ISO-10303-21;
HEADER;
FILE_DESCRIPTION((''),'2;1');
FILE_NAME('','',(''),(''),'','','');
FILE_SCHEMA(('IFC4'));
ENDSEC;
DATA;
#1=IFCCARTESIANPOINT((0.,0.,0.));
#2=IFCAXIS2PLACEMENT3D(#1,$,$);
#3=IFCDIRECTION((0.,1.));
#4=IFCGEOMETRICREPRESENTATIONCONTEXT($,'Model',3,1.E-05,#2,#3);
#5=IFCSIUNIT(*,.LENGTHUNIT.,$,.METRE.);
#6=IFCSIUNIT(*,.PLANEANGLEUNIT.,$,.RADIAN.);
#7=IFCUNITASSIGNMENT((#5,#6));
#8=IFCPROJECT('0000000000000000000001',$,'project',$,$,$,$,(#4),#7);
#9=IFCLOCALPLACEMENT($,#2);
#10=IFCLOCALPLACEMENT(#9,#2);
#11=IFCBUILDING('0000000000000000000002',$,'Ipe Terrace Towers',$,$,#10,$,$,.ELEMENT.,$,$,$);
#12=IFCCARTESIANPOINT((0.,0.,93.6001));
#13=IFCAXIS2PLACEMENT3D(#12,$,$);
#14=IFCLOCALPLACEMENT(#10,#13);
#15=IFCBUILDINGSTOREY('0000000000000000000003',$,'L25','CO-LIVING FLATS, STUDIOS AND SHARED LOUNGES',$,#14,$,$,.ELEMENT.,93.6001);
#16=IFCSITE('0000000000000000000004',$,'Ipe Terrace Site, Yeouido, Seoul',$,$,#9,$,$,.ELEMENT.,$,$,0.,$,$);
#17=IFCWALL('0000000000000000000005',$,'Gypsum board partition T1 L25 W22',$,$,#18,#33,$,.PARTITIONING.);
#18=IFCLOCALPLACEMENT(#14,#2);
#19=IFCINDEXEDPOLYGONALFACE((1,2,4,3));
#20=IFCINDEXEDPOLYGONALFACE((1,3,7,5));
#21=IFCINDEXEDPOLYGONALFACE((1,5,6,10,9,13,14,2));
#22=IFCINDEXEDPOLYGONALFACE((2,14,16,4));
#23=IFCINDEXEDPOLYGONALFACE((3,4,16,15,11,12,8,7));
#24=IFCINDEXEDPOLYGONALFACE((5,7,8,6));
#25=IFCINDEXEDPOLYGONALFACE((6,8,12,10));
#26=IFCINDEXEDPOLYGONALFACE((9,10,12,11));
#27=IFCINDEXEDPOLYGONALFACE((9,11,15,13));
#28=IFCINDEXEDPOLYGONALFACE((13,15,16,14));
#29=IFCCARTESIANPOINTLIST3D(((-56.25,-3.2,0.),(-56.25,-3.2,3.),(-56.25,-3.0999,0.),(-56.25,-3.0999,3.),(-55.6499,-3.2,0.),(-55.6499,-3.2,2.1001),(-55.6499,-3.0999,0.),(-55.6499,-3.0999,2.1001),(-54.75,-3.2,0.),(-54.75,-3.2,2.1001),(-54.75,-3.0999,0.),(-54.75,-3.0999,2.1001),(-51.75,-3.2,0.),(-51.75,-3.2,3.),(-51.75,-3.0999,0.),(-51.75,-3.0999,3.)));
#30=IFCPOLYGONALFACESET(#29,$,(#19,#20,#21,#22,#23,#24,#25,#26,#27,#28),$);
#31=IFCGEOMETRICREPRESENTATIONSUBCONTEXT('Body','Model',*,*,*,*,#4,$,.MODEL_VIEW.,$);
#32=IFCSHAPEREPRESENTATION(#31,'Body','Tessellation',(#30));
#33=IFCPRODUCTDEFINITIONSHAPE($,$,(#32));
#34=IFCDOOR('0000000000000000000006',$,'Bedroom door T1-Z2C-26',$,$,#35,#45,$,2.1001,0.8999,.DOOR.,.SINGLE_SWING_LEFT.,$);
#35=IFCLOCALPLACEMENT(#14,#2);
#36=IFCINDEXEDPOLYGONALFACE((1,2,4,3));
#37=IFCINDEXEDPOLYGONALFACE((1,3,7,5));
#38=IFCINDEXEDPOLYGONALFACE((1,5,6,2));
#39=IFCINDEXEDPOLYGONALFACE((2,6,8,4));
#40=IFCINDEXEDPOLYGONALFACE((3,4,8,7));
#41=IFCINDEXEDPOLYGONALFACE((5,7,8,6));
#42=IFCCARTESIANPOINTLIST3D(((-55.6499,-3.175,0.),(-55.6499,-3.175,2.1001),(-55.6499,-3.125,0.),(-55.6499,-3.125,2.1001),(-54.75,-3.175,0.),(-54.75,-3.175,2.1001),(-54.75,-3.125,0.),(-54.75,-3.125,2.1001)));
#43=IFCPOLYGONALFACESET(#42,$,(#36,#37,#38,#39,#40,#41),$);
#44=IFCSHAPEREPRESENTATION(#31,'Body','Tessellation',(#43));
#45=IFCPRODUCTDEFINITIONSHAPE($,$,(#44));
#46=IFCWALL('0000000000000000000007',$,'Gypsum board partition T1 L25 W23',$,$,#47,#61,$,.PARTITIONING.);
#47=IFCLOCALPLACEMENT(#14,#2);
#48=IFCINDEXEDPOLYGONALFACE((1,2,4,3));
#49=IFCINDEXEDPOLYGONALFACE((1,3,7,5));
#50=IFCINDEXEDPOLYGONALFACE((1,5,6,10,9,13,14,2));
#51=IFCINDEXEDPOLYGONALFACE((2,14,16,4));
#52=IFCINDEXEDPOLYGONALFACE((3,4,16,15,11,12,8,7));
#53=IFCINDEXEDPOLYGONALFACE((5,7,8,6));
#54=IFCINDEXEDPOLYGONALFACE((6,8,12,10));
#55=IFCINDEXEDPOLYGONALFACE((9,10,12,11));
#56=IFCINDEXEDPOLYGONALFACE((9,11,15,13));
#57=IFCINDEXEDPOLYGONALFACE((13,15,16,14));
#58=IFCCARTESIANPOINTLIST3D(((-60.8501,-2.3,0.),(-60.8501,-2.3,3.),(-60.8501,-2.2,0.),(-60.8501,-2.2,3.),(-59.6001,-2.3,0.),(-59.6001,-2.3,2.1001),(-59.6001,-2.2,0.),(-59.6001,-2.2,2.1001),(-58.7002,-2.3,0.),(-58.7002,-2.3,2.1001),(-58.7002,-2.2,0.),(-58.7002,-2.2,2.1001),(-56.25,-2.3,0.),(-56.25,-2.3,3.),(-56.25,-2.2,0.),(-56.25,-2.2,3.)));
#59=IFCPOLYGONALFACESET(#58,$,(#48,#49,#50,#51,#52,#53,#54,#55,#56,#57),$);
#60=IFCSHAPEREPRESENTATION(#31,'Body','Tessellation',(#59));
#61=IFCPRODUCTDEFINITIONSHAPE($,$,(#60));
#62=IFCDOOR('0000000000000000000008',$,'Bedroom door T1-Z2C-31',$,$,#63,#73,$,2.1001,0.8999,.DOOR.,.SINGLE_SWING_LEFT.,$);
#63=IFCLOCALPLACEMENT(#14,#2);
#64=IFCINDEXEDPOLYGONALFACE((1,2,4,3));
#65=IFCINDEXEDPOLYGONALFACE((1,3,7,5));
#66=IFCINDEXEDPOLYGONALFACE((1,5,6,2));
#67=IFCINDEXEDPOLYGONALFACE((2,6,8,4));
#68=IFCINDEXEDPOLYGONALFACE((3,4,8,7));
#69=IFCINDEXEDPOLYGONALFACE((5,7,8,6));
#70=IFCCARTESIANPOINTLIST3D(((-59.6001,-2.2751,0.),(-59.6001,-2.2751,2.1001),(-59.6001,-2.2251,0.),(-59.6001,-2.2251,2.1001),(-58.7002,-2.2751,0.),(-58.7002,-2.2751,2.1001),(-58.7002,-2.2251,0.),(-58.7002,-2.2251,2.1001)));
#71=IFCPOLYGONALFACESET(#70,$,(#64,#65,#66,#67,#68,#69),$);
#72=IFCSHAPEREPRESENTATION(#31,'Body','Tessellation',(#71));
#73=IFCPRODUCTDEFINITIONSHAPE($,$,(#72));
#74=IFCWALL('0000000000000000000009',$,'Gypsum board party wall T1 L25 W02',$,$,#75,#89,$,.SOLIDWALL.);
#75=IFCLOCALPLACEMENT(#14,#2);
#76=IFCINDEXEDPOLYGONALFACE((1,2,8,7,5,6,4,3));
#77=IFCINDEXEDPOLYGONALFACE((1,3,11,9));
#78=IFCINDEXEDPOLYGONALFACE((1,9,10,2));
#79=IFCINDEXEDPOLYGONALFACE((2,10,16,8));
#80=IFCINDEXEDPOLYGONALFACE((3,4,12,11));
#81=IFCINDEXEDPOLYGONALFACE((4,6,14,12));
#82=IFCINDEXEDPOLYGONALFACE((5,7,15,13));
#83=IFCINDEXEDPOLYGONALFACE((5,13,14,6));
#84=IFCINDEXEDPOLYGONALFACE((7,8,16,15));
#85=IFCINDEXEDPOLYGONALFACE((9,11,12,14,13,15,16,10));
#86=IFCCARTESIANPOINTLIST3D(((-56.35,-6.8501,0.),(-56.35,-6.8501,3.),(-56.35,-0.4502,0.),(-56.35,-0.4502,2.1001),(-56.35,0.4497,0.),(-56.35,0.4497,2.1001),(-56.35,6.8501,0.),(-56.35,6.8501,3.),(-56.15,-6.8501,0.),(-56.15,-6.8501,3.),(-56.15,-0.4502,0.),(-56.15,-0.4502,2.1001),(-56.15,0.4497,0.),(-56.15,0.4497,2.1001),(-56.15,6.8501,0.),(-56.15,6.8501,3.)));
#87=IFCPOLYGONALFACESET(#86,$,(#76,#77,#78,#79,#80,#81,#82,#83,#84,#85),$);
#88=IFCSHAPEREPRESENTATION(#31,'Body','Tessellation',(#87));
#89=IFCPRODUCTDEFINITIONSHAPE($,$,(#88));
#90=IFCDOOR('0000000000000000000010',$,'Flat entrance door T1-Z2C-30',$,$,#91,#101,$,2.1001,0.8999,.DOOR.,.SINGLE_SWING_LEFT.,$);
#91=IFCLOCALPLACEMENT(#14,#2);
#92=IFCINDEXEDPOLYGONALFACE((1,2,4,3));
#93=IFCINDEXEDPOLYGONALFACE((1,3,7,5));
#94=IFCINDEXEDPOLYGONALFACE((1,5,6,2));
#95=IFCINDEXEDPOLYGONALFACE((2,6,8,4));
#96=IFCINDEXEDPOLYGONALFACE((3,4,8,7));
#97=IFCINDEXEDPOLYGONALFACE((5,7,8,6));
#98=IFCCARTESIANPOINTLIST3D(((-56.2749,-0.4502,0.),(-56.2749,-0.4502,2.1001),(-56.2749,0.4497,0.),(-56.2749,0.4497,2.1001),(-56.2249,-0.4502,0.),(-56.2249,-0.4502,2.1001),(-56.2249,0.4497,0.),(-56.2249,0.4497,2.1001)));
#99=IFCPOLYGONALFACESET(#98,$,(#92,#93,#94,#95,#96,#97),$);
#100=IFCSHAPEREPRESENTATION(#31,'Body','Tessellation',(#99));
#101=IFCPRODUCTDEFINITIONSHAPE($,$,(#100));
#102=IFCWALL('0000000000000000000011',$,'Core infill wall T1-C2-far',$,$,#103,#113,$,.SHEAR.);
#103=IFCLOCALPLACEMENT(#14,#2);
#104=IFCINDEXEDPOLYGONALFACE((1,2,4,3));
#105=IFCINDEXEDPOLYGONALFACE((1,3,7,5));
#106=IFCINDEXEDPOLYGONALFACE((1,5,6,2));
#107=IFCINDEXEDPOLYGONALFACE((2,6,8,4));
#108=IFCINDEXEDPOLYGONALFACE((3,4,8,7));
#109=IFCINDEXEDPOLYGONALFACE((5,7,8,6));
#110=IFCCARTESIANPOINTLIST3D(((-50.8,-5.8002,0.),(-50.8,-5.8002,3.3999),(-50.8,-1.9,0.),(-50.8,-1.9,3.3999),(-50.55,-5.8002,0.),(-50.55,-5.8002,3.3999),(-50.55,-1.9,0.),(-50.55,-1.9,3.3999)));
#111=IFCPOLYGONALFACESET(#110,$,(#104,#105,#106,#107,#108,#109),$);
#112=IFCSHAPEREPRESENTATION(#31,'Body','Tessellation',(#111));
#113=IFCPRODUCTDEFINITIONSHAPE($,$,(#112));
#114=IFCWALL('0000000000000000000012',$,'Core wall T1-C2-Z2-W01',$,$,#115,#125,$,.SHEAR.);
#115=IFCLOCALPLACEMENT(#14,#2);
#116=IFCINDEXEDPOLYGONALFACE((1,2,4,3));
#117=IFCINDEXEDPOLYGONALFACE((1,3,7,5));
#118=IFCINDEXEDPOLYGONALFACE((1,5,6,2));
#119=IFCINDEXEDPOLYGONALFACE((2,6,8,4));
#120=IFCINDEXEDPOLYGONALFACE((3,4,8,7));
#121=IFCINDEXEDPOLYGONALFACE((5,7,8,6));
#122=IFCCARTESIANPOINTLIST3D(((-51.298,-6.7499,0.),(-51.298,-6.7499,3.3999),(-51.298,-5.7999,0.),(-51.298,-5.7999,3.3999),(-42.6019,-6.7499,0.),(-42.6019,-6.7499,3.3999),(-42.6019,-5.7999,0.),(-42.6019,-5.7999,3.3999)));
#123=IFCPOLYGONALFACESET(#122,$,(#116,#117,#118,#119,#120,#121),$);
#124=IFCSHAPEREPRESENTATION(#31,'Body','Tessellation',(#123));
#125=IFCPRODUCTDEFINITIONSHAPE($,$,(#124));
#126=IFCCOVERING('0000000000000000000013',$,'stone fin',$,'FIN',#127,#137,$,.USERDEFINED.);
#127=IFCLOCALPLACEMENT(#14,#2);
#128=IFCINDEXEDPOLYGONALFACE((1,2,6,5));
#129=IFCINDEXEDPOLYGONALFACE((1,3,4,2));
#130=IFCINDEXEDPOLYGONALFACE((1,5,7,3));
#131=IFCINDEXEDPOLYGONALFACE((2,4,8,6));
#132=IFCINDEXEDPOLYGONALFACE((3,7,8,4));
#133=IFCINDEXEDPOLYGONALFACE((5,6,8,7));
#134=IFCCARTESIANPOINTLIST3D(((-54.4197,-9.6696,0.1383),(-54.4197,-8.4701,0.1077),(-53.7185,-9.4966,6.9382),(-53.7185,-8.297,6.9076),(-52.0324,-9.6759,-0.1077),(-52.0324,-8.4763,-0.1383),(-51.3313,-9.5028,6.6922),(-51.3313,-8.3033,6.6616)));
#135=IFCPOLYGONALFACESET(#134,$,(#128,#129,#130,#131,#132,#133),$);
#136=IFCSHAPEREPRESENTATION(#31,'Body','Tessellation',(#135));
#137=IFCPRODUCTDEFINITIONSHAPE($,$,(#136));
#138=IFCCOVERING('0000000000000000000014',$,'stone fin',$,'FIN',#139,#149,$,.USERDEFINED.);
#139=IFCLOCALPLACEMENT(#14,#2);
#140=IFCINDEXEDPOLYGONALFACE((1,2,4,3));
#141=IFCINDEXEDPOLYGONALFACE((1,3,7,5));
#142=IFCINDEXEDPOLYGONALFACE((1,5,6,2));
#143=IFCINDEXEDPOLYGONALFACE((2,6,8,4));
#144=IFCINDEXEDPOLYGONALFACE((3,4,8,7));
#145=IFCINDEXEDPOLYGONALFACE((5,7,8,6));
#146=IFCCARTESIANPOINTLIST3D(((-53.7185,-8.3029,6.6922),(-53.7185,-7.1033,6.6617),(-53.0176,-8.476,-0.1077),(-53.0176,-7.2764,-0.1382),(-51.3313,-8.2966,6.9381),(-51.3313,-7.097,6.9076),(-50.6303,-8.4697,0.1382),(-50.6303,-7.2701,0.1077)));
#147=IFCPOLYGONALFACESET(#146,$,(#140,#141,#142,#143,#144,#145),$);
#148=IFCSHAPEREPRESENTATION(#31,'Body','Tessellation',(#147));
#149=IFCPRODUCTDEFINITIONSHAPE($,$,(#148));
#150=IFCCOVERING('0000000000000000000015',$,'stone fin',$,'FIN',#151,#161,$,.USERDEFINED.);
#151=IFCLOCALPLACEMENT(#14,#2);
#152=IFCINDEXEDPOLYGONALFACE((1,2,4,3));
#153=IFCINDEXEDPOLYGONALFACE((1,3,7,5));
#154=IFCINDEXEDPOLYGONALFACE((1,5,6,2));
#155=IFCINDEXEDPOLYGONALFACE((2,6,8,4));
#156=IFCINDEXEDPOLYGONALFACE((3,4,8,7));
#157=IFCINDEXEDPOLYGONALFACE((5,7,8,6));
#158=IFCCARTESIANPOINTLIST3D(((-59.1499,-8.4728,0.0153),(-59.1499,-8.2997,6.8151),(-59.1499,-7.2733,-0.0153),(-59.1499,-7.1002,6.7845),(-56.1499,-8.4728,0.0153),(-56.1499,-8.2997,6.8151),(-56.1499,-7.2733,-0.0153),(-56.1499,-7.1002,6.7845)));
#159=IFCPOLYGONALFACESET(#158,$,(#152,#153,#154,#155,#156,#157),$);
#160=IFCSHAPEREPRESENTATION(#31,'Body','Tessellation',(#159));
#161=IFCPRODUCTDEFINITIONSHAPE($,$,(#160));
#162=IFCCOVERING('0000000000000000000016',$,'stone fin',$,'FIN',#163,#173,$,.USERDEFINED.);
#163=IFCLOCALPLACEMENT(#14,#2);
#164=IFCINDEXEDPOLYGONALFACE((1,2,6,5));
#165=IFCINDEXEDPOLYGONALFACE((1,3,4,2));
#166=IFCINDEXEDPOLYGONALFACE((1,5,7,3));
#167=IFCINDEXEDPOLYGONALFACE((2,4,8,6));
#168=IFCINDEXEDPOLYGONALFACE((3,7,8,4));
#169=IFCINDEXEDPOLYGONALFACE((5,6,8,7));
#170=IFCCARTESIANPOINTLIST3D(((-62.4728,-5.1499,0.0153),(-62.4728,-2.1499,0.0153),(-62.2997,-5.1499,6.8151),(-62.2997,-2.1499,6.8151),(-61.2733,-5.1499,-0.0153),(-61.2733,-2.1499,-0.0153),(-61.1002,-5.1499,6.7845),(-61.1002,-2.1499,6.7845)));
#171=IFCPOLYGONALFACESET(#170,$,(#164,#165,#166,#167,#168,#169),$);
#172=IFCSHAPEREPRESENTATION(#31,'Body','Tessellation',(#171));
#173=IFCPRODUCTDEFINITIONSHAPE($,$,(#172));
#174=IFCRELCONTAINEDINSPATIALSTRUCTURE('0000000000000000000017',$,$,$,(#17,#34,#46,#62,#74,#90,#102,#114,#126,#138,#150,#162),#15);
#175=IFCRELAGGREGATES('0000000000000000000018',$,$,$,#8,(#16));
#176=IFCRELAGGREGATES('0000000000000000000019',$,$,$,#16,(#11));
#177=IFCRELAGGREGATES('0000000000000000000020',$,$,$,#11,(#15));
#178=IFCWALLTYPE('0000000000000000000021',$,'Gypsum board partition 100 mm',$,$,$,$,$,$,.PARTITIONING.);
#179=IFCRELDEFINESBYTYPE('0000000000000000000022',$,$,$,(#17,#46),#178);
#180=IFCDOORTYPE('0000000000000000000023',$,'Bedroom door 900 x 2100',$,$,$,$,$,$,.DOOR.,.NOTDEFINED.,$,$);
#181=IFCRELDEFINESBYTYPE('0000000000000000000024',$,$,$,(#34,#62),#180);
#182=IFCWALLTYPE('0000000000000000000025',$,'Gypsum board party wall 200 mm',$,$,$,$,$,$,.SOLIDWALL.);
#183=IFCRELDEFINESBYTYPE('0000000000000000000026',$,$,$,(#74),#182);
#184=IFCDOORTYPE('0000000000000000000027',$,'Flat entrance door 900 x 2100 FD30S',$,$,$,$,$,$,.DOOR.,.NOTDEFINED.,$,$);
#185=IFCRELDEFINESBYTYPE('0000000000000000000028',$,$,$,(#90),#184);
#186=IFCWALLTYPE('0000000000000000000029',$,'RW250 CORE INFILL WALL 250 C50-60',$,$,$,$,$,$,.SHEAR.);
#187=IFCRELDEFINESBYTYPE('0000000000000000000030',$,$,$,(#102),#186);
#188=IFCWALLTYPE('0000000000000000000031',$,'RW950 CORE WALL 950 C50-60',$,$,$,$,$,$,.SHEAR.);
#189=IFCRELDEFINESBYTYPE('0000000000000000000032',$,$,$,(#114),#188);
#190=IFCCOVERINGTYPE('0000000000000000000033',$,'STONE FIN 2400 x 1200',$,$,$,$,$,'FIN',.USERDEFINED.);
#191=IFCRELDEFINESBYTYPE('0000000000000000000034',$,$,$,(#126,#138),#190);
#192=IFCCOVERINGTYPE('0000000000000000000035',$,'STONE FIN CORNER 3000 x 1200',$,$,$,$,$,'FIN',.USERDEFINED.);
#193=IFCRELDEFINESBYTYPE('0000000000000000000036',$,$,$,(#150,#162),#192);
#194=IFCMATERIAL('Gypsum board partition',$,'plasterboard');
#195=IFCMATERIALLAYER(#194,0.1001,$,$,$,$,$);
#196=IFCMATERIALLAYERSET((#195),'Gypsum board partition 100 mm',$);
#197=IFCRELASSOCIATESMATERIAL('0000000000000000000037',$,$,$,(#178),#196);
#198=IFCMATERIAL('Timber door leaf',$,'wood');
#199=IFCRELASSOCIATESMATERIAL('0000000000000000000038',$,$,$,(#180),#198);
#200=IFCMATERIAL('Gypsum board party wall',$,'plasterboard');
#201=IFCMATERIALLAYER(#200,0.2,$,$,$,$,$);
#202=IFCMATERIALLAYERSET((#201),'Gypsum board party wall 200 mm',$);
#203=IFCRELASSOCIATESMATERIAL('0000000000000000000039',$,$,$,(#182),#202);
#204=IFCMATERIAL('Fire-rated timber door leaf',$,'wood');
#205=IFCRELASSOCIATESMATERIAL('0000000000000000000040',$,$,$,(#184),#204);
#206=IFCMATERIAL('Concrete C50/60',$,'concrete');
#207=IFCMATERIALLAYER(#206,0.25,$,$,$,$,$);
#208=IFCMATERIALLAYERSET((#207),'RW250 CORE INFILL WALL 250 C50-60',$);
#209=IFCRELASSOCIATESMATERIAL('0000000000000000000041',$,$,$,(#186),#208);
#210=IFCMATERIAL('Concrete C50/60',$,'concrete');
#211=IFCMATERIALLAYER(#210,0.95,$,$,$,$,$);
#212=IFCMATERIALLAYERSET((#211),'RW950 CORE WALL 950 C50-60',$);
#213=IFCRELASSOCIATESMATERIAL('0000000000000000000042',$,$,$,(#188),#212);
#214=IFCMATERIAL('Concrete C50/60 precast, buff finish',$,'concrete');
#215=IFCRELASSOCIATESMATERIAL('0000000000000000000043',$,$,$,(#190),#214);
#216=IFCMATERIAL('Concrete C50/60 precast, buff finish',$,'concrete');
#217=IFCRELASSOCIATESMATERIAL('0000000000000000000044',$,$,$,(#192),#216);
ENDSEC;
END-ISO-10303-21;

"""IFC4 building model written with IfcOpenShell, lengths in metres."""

from ifc_helpers import new_model, si_unit, direction, frame, frame_2d, origin, origin_2d, place, context, subcontext, project, spatial, rectangle, extrude, material, layer, layer_set, material_profile, profile_set, type_object, element, fill, save


model = new_model("IFC4")

# Units and contexts
model_context = context("Model", 3, precision=1e-05, world=origin(), true_north=direction((0.0, 1.0)))
body_context = subcontext(model_context, "Body", "Model", "MODEL_VIEW")
ifc_project = project(units=[si_unit("LENGTHUNIT", "METRE"), si_unit("PLANEANGLEUNIT", "RADIAN")], contexts=[model_context])

# Site, building, storey
site_placement = place(None, origin())
site = spatial("IfcSite", under=ifc_project, at=site_placement, Name="Ipe Terrace Site, Yeouido, Seoul", CompositionType="ELEMENT", RefElevation=0.0)
building_placement = place(site_placement, origin())
building = spatial("IfcBuilding", under=site, at=building_placement, Name="Ipe Terrace Towers", CompositionType="ELEMENT")
storey_placement = place(building_placement, frame((0.0, 0.0, 93.6001)))
storey = spatial("IfcBuildingStorey", under=building, at=storey_placement, Name="L25", Description="CO-LIVING FLATS, STUDIOS AND SHARED LOUNGES", CompositionType="ELEMENT", Elevation=93.6001)

# Shared definitions
ifc_material_1 = material(Name="Gypsum board partition", Category="plasterboard")
ifc_layer_1 = layer(ifc_material_1, 0.1001)
ifc_layer_set_1 = layer_set([ifc_layer_1], Name="Gypsum board partition 100 mm")
wall_type_1 = type_object("IfcWallType", Name="Gypsum board partition 100 mm", PredefinedType="PARTITIONING", material=ifc_layer_set_1)

# Walls, openings, doors
wall_1_placement = place(storey_placement, frame((-56.25, -3.1499, 0.0), z_axis=(0.0, 0.0, 1.0), x_axis=(1.0, 0.0, 0.0)))
wall_1 = element("IfcWall", 1, at=wall_1_placement, inside=storey, type_object=wall_type_1, Name="Gypsum board partition T1 L25 W22", PredefinedType="PARTITIONING", context=body_context, shape_type="SweptSolid", body=[
    extrude(rectangle(XDim=4.5, YDim=0.1001, at=frame_2d((2.25, 0.0))), origin(), (0.0, 0.0, 1.0), 3.0),
])
opening_1_placement = place(wall_1_placement, frame((0.6001, 0.0, 0.0)))
opening_1 = element("IfcOpeningElement", 2, at=opening_1_placement, cuts=wall_1, PredefinedType="OPENING", context=body_context, shape_type="SweptSolid", body=[
    extrude(rectangle(XDim=0.8999, YDim=2.1001, at=frame_2d((0.45, 1.05))), frame((0.0, 0.0601, 0.0), z_axis=(0.0, -1.0, 0.0), x_axis=(1.0, 0.0, 0.0)), (0.0, 0.0, 1.0), 0.1201),
])
ifc_material_2 = material(Name="Timber door leaf", Category="wood")
door_type_1 = type_object("IfcDoorType", Name="Bedroom door 900 x 2100", OperationType="NOTDEFINED", PredefinedType="DOOR", material=ifc_material_2)
door_1_placement = place(opening_1_placement, origin())
door_1 = element("IfcDoor", 3, at=door_1_placement, inside=storey, type_object=door_type_1, Name="Bedroom door T1-Z2C-26", OperationType="SINGLE_SWING_LEFT", OverallHeight=2.1001, OverallWidth=0.8999, PredefinedType="DOOR", context=body_context, shape_type="SweptSolid", body=[
    extrude(rectangle(XDim=0.8999, YDim=2.1001, at=frame_2d((0.45, 1.05))), frame((0.0, 0.0249, 0.0), z_axis=(0.0, -1.0, 0.0), x_axis=(1.0, 0.0, 0.0)), (0.0, 0.0, 1.0), 0.05),
])
fill(opening_1, door_1)
wall_2_placement = place(storey_placement, frame((-60.8501, -2.25, 0.0), z_axis=(0.0, 0.0, 1.0), x_axis=(1.0, 0.0, 0.0)))
wall_2 = element("IfcWall", 4, at=wall_2_placement, inside=storey, type_object=wall_type_1, Name="Gypsum board partition T1 L25 W23", PredefinedType="PARTITIONING", context=body_context, shape_type="SweptSolid", body=[
    extrude(rectangle(XDim=4.6001, YDim=0.1001, at=frame_2d((2.3, 0.0))), origin(), (0.0, 0.0, 1.0), 3.0),
])
opening_2_placement = place(wall_2_placement, frame((1.25, 0.0, 0.0)))
opening_2 = element("IfcOpeningElement", 5, at=opening_2_placement, cuts=wall_2, PredefinedType="OPENING", context=body_context, shape_type="SweptSolid", body=[
    extrude(rectangle(XDim=0.8999, YDim=2.1001, at=frame_2d((0.45, 1.05))), frame((0.0, 0.0601, 0.0), z_axis=(0.0, -1.0, 0.0), x_axis=(1.0, 0.0, 0.0)), (0.0, 0.0, 1.0), 0.1201),
])
door_2_placement = place(opening_2_placement, origin())
door_2 = element("IfcDoor", 6, at=door_2_placement, inside=storey, type_object=door_type_1, Name="Bedroom door T1-Z2C-31", OperationType="SINGLE_SWING_LEFT", OverallHeight=2.1001, OverallWidth=0.8999, PredefinedType="DOOR", context=body_context, shape_type="SweptSolid", body=[
    extrude(rectangle(XDim=0.8999, YDim=2.1001, at=frame_2d((0.45, 1.05))), frame((0.0, 0.0249, 0.0), z_axis=(0.0, -1.0, 0.0), x_axis=(1.0, 0.0, 0.0)), (0.0, 0.0, 1.0), 0.05),
])
fill(opening_2, door_2)
ifc_material_3 = material(Name="Gypsum board party wall", Category="plasterboard")
ifc_layer_2 = layer(ifc_material_3, 0.2)
ifc_layer_set_2 = layer_set([ifc_layer_2], Name="Gypsum board party wall 200 mm")
wall_type_2 = type_object("IfcWallType", Name="Gypsum board party wall 200 mm", PredefinedType="SOLIDWALL", material=ifc_layer_set_2)
wall_3_placement = place(storey_placement, frame((-56.25, -6.8501, 0.0), z_axis=(0.0, 0.0, 1.0), x_axis=(0.0, 1.0, 0.0)))
wall_3 = element("IfcWall", 7, at=wall_3_placement, inside=storey, type_object=wall_type_2, Name="Gypsum board party wall T1 L25 W02", PredefinedType="SOLIDWALL", context=body_context, shape_type="SweptSolid", body=[
    extrude(rectangle(XDim=13.7002, YDim=0.2, at=frame_2d((6.8501, 0.0))), origin(), (0.0, 0.0, 1.0), 3.0),
])
opening_3_placement = place(wall_3_placement, frame((6.3999, 0.0, 0.0)))
opening_3 = element("IfcOpeningElement", 8, at=opening_3_placement, cuts=wall_3, PredefinedType="OPENING", context=body_context, shape_type="SweptSolid", body=[
    extrude(rectangle(XDim=0.8999, YDim=2.1001, at=frame_2d((0.45, 1.05))), frame((0.0, 0.1099, 0.0), z_axis=(0.0, -1.0, 0.0), x_axis=(1.0, 0.0, 0.0)), (0.0, 0.0, 1.0), 0.22),
])
ifc_material_4 = material(Name="Fire-rated timber door leaf", Category="wood")
door_type_2 = type_object("IfcDoorType", Name="Flat entrance door 900 x 2100 FD30S", OperationType="NOTDEFINED", PredefinedType="DOOR", material=ifc_material_4)
door_3_placement = place(opening_3_placement, origin())
door_3 = element("IfcDoor", 9, at=door_3_placement, inside=storey, type_object=door_type_2, Name="Flat entrance door T1-Z2C-30", OperationType="SINGLE_SWING_LEFT", OverallHeight=2.1001, OverallWidth=0.8999, PredefinedType="DOOR", context=body_context, shape_type="SweptSolid", body=[
    extrude(rectangle(XDim=0.8999, YDim=2.1001, at=frame_2d((0.45, 1.05))), frame((0.0, 0.0249, 0.0), z_axis=(0.0, -1.0, 0.0), x_axis=(1.0, 0.0, 0.0)), (0.0, 0.0, 1.0), 0.05),
])
fill(opening_3, door_3)

# Walls
ifc_material_5 = material(Name="Concrete C50/60", Category="concrete")
ifc_layer_3 = layer(ifc_material_5, 0.25)
ifc_layer_set_3 = layer_set([ifc_layer_3], Name="RW250 CORE INFILL WALL 250 C50-60")
wall_type_3 = type_object("IfcWallType", Name="RW250 CORE INFILL WALL 250 C50-60", PredefinedType="SHEAR", material=ifc_layer_set_3)
wall_4_placement = place(storey_placement, frame((-50.675, -1.8999, 0.0), z_axis=(0.0, 0.0, 1.0), x_axis=(0.0, -1.0, 0.0)))
element("IfcWall", 10, at=wall_4_placement, inside=storey, type_object=wall_type_3, Name="Core infill wall T1-C2-far", PredefinedType="SHEAR", context=body_context, shape_type="SweptSolid", body=[
    extrude(rectangle(XDim=3.9001, YDim=0.25, at=frame_2d((1.9502, 0.0))), origin(), (0.0, 0.0, 1.0), 3.3999),
])
ifc_material_6 = material(Name="Concrete C50/60", Category="concrete")
ifc_layer_4 = layer(ifc_material_6, 0.95)
ifc_layer_set_4 = layer_set([ifc_layer_4], Name="RW950 CORE WALL 950 C50-60")
wall_type_4 = type_object("IfcWallType", Name="RW950 CORE WALL 950 C50-60", PredefinedType="SHEAR", material=ifc_layer_set_4)
wall_5_placement = place(storey_placement, frame((-51.2981, -6.2749, 0.0), z_axis=(0.0, 0.0, 1.0), x_axis=(1.0, 0.0, 0.0)))
element("IfcWall", 11, at=wall_5_placement, inside=storey, type_object=wall_type_4, Name="Core wall T1-C2-Z2-W01", PredefinedType="SHEAR", context=body_context, shape_type="SweptSolid", body=[
    extrude(rectangle(XDim=8.696, YDim=0.95, at=frame_2d((4.3481, 0.0))), origin(), (0.0, 0.0, 1.0), 3.3999),
])

# Coverings
ifc_material_7 = material(Name="Concrete C50/60 precast, buff finish", Category="concrete")
ifc_material_profile_1 = material_profile(ifc_material_7, rectangle(XDim=2.3999, YDim=1.2, at=origin_2d()), Name="STONE FIN 2400 x 1200")
ifc_profile_set_1 = profile_set([ifc_material_profile_1], Name="Concrete C50/60 precast, buff finish")
covering_type_1 = type_object("IfcCoveringType", Name="STONE FIN 2400 x 1200", ElementType="FIN", PredefinedType="USERDEFINED", material=ifc_profile_set_1)
for number, where, z_axis, x_axis, name in (
    (12, (-53.2261, -9.073, 0.0), (0.10254, 0.025314, 0.994407), (0.994729, -0.002609, -0.102507), "stone fin"),
    (13, (-51.824, -7.873, 0.0), (-0.102504, 0.025314, 0.99441), (0.994733, 0.002609, 0.102471), "stone fin"),
):
    element("IfcCovering", number, at=place(storey_placement, frame(where, z_axis=z_axis, x_axis=x_axis)), inside=storey, type_object=covering_type_1, Name=name, ObjectType="FIN", PredefinedType="USERDEFINED", context=body_context, shape_type="SweptSolid", body=[
        extrude(rectangle(XDim=2.3999, YDim=1.2, at=origin_2d()), origin(), (0.0, 0.0, 1.0), 6.8381),
    ])
ifc_material_8 = material(Name="Concrete C50/60 precast, buff finish", Category="concrete")
ifc_material_profile_2 = material_profile(ifc_material_8, rectangle(XDim=3.0, YDim=1.2, at=origin_2d()), Name="STONE FIN CORNER 3000 x 1200")
ifc_profile_set_2 = profile_set([ifc_material_profile_2], Name="Concrete C50/60 precast, buff finish")
covering_type_2 = type_object("IfcCoveringType", Name="STONE FIN CORNER 3000 x 1200", ElementType="FIN", PredefinedType="USERDEFINED", material=ifc_profile_set_2)
for number, where, z_axis, x_axis, name in (
    (14, (-57.6499, -7.873, 0.0), (0.0, 0.025448, 0.999676), (1.0, 0.0, 0.0), "stone fin"),
    (15, (-61.873, -3.6499, 0.0), (0.025448, 0.0, 0.999676), (0.0, -1.0, 0.0), "stone fin"),
):
    element("IfcCovering", number, at=place(storey_placement, frame(where, z_axis=z_axis, x_axis=x_axis)), inside=storey, type_object=covering_type_2, Name=name, ObjectType="FIN", PredefinedType="USERDEFINED", context=body_context, shape_type="SweptSolid", body=[
        extrude(rectangle(XDim=3.0, YDim=1.2, at=origin_2d()), origin(), (0.0, 0.0, 1.0), 6.802),
    ])

save(model, "model.ifc")
